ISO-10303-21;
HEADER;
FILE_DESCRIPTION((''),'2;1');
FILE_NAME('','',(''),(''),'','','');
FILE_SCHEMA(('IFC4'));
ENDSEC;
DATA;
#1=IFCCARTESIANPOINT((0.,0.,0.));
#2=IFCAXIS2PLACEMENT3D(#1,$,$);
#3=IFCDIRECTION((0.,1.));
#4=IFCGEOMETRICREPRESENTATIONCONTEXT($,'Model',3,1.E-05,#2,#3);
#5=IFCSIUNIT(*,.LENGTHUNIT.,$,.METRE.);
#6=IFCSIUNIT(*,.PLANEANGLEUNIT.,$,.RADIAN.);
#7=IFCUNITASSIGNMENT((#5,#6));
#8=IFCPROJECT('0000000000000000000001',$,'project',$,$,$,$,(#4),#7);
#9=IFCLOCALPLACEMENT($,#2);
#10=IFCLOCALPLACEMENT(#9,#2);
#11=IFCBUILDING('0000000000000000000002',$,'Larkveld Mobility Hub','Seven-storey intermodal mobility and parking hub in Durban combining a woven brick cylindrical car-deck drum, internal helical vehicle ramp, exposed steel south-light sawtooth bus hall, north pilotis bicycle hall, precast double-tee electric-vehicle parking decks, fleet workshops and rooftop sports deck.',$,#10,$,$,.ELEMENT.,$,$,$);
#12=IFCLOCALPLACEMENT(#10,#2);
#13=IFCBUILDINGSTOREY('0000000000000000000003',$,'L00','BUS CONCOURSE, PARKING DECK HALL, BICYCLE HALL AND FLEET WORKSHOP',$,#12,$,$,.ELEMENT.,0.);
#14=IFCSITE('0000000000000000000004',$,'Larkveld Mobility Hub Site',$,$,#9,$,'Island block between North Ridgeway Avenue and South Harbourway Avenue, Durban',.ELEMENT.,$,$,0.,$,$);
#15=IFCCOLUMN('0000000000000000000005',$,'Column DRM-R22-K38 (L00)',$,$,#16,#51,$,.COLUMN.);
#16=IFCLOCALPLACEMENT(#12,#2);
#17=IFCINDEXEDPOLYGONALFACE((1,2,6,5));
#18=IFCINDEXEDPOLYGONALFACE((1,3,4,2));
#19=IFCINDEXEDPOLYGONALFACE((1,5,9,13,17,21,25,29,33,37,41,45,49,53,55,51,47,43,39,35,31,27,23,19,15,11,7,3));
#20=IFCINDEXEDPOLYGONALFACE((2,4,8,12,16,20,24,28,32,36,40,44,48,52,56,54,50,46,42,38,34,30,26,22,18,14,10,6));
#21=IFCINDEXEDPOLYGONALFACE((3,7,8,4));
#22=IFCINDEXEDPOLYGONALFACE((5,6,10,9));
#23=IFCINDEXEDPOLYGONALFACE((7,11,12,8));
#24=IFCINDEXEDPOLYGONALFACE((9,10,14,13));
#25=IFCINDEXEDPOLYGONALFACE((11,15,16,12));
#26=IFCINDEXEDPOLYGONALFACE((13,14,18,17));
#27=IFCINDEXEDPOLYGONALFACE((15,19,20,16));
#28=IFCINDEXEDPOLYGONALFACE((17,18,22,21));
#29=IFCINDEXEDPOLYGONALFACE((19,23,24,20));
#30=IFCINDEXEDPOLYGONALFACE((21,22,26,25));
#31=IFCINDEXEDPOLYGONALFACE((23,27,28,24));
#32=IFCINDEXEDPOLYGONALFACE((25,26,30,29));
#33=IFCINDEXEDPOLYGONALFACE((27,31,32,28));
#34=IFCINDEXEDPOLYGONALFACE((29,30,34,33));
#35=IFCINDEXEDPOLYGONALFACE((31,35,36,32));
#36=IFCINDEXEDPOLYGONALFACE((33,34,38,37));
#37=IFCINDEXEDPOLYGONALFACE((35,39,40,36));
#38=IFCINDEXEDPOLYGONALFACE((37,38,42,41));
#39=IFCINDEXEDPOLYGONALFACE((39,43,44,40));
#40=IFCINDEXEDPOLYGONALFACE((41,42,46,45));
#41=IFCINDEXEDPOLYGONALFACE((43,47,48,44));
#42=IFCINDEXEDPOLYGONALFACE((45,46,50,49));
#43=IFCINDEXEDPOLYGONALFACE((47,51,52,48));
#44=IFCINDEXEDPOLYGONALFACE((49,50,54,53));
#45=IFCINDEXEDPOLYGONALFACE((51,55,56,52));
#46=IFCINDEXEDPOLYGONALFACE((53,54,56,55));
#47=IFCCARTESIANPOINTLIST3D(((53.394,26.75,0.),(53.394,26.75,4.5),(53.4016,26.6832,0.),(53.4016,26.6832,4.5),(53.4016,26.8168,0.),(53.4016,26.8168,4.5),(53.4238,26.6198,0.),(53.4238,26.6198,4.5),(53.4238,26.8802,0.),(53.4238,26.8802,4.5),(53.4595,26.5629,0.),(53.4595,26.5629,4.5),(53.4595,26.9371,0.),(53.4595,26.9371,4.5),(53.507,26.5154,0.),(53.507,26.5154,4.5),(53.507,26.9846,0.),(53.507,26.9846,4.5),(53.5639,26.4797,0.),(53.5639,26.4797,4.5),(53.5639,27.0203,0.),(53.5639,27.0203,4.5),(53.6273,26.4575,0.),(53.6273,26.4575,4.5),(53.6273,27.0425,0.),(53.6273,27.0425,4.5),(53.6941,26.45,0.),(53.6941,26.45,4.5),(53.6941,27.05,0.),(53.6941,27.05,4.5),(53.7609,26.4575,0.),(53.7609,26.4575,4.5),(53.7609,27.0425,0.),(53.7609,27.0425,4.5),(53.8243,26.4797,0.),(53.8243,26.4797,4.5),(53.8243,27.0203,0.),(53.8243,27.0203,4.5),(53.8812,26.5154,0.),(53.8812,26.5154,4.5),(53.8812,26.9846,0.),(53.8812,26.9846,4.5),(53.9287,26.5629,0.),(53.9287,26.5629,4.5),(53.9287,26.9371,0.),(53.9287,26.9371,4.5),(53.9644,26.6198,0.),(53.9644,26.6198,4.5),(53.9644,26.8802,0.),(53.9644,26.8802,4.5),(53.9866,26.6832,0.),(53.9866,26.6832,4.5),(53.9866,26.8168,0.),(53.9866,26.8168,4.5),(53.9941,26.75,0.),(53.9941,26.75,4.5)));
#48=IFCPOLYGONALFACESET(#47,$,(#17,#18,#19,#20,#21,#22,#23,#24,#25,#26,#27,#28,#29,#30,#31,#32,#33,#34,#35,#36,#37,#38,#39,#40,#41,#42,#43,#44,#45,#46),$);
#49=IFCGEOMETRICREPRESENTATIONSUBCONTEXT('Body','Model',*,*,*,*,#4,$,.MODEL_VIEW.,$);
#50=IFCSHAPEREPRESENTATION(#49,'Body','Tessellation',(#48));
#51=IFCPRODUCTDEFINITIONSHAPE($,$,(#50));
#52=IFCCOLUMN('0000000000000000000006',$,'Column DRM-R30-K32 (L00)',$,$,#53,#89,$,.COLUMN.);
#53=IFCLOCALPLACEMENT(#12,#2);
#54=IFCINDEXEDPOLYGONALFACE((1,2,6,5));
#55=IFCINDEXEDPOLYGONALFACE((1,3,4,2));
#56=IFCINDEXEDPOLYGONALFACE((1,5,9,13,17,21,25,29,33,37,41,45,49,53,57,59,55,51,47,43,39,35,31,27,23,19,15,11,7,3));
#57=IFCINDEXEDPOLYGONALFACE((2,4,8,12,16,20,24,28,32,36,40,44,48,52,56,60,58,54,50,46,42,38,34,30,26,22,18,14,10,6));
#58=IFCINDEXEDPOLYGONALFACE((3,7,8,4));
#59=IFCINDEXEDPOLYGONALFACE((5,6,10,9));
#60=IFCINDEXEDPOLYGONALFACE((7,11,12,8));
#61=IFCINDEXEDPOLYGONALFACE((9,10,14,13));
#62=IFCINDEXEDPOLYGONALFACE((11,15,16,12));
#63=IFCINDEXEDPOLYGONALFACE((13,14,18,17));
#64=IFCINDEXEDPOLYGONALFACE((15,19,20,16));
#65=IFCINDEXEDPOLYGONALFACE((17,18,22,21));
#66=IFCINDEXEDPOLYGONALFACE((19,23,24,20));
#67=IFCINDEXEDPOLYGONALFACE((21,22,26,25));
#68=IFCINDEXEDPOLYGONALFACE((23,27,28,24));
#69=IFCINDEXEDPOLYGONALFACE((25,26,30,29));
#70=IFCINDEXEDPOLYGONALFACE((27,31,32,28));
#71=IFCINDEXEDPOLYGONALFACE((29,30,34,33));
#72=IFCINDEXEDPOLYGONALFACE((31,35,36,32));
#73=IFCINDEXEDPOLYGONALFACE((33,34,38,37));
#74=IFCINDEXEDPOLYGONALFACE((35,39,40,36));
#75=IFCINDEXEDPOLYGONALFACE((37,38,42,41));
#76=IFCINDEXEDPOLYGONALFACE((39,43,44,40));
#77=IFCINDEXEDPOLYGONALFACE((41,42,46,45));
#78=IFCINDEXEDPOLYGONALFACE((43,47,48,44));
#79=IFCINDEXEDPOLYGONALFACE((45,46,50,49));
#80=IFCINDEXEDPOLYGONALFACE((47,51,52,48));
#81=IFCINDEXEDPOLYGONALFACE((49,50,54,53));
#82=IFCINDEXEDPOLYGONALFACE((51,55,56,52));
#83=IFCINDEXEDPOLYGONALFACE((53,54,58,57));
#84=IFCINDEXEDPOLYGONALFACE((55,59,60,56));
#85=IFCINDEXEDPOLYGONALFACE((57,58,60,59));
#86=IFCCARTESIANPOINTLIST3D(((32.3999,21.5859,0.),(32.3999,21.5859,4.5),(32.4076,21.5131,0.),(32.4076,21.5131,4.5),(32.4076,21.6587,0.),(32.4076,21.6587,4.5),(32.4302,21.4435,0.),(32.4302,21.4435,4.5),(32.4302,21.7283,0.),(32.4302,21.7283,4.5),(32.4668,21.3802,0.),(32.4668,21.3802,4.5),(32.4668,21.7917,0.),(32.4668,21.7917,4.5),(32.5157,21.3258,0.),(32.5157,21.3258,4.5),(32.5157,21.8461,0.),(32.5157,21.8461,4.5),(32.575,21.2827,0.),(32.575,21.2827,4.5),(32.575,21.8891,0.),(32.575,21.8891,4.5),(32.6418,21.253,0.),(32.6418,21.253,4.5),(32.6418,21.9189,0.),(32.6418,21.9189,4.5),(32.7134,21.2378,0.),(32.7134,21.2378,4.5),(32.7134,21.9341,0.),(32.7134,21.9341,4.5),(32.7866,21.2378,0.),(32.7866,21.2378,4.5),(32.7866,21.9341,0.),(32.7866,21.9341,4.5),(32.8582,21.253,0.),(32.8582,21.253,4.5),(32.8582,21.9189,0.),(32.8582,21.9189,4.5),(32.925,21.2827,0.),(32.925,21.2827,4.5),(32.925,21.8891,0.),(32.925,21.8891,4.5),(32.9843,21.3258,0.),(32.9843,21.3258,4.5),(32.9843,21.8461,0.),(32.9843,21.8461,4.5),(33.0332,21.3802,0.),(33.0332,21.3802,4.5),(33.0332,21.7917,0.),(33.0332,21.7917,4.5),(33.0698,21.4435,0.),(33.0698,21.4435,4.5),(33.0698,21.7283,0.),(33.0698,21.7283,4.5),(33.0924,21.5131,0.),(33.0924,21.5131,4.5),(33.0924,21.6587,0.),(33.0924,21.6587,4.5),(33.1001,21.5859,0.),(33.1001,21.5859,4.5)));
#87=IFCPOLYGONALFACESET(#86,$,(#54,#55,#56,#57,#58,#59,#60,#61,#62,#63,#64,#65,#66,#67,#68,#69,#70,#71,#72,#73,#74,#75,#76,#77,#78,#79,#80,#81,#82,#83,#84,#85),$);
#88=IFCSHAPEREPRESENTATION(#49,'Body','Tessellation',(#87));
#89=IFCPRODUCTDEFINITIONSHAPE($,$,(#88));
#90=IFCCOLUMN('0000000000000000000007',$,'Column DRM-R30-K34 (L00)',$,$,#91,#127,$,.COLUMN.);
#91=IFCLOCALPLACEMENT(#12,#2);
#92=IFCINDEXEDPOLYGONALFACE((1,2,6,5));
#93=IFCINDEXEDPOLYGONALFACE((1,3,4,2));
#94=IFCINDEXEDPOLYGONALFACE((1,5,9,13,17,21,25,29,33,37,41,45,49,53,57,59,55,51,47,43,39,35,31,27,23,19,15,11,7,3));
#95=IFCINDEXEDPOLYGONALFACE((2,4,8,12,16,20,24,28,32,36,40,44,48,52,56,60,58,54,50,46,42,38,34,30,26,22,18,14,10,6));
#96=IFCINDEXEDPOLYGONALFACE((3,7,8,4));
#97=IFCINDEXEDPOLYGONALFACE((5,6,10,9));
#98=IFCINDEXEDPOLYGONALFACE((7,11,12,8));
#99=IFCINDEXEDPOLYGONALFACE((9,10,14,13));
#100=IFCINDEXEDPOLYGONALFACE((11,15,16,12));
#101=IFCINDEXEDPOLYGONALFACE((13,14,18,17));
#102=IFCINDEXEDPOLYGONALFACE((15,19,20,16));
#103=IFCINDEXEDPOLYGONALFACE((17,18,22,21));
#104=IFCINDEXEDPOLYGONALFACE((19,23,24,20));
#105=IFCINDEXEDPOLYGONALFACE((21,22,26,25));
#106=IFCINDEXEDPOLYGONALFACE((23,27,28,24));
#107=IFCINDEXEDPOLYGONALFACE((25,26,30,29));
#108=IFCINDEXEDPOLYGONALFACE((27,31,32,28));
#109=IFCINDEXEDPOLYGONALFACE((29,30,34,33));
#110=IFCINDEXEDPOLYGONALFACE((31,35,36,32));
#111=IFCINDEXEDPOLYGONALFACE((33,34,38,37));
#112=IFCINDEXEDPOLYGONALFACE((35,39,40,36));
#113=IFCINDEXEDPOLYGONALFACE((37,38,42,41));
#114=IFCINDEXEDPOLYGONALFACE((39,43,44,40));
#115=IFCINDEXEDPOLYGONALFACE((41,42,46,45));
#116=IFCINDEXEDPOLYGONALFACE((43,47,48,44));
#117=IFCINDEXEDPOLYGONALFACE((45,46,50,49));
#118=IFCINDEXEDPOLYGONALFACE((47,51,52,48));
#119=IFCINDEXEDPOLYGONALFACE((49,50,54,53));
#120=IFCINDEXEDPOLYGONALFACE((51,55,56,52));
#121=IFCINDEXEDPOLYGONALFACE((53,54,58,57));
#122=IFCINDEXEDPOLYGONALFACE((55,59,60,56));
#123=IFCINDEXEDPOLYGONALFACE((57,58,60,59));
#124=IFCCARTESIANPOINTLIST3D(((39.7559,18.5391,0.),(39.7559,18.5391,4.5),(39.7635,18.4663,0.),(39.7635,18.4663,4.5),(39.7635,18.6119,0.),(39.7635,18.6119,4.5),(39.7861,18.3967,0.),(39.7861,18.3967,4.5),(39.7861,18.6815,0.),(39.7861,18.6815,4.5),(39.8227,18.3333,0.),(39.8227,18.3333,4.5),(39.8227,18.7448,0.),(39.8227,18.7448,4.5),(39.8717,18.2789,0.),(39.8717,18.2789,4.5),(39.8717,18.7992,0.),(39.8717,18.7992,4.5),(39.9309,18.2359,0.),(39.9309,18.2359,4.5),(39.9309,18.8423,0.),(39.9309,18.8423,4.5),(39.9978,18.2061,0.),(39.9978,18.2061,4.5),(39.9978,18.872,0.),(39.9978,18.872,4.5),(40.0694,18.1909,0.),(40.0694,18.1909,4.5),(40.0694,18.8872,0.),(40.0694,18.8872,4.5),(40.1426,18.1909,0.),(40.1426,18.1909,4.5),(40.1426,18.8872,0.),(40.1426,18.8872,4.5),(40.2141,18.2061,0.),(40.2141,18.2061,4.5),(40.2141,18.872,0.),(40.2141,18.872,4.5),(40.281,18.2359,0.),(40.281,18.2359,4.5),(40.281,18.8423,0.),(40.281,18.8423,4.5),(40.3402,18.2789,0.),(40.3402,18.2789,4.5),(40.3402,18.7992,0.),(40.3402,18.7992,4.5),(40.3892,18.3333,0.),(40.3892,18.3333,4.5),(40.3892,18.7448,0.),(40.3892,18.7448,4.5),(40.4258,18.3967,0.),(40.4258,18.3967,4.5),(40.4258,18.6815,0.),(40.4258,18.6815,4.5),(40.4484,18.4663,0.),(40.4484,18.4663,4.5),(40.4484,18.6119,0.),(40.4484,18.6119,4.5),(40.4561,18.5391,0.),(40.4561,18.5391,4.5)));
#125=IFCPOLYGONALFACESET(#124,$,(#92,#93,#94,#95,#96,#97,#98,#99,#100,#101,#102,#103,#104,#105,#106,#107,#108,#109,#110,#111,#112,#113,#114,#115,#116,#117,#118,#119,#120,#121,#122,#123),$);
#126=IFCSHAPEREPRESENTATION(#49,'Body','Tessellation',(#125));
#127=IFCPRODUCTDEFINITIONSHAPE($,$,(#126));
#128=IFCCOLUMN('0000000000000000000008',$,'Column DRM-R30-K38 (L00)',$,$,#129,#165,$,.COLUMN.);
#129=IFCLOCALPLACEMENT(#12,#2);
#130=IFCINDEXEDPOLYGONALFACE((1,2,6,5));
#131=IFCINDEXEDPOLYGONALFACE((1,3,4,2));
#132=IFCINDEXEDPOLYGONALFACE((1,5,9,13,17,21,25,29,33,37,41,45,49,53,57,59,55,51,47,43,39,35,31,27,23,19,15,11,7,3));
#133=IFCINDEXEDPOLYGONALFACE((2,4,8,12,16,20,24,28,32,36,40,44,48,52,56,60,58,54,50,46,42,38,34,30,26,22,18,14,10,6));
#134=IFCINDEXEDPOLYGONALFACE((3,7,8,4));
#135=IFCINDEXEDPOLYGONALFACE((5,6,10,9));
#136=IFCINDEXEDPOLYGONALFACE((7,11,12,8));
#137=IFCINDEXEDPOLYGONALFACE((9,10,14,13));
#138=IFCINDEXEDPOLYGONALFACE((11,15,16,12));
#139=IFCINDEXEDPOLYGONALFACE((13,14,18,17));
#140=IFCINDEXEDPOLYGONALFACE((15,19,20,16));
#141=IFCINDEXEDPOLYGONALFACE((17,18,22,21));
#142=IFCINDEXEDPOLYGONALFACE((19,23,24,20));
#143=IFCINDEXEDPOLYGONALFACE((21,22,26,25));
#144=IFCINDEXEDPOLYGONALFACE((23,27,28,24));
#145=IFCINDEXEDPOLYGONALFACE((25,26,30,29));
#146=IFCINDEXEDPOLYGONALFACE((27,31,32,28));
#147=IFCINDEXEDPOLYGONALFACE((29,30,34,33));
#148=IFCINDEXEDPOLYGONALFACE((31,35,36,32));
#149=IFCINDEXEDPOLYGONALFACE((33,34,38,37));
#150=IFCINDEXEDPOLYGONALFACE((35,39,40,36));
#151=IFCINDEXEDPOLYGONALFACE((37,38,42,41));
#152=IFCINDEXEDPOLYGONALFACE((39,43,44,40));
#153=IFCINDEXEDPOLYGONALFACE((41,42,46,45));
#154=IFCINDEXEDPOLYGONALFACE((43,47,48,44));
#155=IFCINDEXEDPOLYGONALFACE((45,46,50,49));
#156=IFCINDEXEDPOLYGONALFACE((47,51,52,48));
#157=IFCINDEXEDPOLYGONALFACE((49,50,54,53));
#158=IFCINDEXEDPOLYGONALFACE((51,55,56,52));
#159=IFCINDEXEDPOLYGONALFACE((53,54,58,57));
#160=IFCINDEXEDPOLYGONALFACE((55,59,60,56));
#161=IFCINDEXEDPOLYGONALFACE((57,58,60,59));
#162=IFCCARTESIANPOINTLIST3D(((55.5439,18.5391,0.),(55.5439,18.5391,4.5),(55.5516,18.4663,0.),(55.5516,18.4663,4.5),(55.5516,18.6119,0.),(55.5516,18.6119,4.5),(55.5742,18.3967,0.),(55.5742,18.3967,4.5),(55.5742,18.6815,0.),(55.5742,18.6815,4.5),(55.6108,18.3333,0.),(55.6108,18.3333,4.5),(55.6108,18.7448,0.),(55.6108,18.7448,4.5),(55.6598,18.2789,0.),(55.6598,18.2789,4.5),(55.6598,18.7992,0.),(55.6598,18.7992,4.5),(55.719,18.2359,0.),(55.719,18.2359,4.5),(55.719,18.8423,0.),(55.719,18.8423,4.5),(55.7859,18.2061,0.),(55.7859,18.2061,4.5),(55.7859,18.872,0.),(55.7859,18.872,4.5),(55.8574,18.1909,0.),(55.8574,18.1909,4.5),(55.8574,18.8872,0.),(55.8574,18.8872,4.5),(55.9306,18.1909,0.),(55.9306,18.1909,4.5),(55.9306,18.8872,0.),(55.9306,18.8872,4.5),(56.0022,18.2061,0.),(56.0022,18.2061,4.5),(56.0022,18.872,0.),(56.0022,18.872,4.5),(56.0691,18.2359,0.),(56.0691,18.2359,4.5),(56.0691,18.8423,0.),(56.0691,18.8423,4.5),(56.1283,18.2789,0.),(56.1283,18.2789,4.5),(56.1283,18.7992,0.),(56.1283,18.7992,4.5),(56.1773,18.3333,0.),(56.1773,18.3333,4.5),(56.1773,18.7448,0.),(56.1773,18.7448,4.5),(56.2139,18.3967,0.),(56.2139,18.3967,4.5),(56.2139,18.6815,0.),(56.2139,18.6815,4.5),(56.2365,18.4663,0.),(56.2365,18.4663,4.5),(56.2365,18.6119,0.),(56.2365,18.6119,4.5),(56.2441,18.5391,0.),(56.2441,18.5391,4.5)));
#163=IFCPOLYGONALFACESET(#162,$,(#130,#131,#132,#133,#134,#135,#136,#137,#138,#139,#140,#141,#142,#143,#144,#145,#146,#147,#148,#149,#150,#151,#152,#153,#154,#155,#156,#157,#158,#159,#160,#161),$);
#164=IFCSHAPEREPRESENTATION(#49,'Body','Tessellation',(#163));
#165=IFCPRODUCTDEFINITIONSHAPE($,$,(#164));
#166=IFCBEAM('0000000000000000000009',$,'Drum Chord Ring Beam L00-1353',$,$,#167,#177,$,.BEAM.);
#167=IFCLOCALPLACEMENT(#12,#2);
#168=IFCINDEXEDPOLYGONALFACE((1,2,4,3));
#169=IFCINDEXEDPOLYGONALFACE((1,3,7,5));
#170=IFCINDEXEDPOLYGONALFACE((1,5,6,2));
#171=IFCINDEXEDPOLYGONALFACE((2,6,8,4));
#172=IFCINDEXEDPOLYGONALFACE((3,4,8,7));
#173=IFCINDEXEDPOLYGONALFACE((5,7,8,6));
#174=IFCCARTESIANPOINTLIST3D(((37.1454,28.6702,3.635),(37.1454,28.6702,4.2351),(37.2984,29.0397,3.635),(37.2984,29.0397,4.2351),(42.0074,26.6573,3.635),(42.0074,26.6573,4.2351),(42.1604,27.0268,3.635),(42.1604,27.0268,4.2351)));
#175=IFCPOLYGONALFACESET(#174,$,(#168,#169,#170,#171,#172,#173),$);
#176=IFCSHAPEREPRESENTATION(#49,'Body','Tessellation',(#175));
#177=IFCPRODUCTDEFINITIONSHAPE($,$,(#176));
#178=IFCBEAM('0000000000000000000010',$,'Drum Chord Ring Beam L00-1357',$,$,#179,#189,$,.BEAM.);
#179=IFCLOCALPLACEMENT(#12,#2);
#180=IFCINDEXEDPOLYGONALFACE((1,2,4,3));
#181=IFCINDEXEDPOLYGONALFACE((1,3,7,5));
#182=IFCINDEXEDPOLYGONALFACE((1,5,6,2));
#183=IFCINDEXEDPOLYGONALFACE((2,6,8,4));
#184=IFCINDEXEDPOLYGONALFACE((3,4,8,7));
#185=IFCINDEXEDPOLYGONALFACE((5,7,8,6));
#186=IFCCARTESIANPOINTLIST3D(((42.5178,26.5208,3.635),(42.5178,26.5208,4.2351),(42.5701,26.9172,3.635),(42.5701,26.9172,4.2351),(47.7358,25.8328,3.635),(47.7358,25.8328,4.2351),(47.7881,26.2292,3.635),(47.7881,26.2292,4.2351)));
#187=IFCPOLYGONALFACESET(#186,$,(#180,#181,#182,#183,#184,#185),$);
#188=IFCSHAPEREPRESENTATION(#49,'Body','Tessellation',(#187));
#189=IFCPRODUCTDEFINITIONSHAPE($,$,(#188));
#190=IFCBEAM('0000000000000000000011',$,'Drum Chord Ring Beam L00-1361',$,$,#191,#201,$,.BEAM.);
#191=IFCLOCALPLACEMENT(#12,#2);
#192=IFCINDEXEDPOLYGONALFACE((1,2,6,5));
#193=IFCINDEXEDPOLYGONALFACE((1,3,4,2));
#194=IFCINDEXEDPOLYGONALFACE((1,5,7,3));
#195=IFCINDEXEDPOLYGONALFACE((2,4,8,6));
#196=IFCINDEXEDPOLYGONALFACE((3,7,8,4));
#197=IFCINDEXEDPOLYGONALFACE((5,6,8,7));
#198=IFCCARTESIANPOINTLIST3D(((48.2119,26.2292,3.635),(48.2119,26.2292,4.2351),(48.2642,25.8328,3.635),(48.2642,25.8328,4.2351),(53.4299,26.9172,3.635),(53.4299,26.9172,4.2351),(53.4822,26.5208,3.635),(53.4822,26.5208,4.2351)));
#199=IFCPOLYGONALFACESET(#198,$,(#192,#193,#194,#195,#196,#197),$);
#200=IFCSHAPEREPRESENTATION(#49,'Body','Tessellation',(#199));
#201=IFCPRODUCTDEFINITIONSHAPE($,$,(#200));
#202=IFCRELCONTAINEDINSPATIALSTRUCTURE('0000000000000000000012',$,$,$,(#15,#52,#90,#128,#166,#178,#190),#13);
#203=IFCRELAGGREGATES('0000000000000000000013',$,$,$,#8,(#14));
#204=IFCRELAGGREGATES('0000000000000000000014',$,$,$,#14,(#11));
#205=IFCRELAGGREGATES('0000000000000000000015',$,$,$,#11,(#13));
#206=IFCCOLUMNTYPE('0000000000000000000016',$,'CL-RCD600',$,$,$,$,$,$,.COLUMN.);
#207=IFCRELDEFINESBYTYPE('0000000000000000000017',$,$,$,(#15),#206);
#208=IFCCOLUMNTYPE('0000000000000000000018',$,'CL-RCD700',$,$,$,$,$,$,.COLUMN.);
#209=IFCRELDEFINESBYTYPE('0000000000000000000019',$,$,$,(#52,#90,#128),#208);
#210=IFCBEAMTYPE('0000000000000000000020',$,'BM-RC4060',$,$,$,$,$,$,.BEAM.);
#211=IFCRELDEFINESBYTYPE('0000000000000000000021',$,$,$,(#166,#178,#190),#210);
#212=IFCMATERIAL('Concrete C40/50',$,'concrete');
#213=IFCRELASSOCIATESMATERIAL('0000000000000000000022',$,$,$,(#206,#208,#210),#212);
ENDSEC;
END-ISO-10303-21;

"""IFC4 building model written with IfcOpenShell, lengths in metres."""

from ifc_helpers import new_model, si_unit, direction, frame, origin, origin_2d, place, context, subcontext, project, spatial, rectangle, circle, extrude, material, material_profile, profile_set, type_object, element, save


model = new_model("IFC4")

# Units and contexts
model_context = context("Model", 3, precision=1e-05, world=origin(), true_north=direction((0.0, 1.0)))
body_context = subcontext(model_context, "Body", "Model", "MODEL_VIEW")
ifc_project = project(units=[si_unit("LENGTHUNIT", "METRE"), si_unit("PLANEANGLEUNIT", "RADIAN")], contexts=[model_context])

# Site, building, storey
site_placement = place(None, origin())
site = spatial("IfcSite", under=ifc_project, at=site_placement, Name="Larkveld Mobility Hub Site", LongName="Island block between North Ridgeway Avenue and South Harbourway Avenue, Durban", CompositionType="ELEMENT", RefElevation=0.0)
building_placement = place(site_placement, origin())
building = spatial("IfcBuilding", under=site, at=building_placement, Name="Larkveld Mobility Hub", Description="Seven-storey intermodal mobility and parking hub in Durban combining a woven brick cylindrical car-deck drum, internal helical vehicle ramp, exposed steel south-light sawtooth bus hall, north pilotis bicycle hall, precast double-tee electric-vehicle parking decks, fleet workshops and rooftop sports deck.", CompositionType="ELEMENT")
storey_placement = place(building_placement, origin())
storey = spatial("IfcBuildingStorey", under=building, at=storey_placement, Name="L00", Description="BUS CONCOURSE, PARKING DECK HALL, BICYCLE HALL AND FLEET WORKSHOP", CompositionType="ELEMENT", Elevation=0.0)

# Columns
ifc_material_1 = material(Name="Concrete C40/50", Category="concrete")
ifc_material_profile_1 = material_profile(ifc_material_1, circle(Radius=0.3, at=origin_2d()), Name="RC COL D600")
ifc_profile_set_1 = profile_set([ifc_material_profile_1], Name="Concrete C40/50")
column_type_1 = type_object("IfcColumnType", Name="CL-RCD600", PredefinedType="COLUMN", material=ifc_profile_set_1)
for number, where, z_axis, x_axis, name in (
    (1, (53.6941, 26.75, 0.0), (0.0, 0.0, 1.0), (1.0, 0.0, 0.0), "Column DRM-R22-K38 (L00)"),
):
    element("IfcColumn", number, at=place(storey_placement, frame(where, z_axis=z_axis, x_axis=x_axis)), inside=storey, type_object=column_type_1, Name=name, PredefinedType="COLUMN", context=body_context, shape_type="SweptSolid", body=[
        extrude(circle(Radius=0.3, at=origin_2d()), origin(), (0.0, 0.0, 1.0), 4.5),
    ])
ifc_material_profile_2 = material_profile(ifc_material_1, circle(Radius=0.3501, at=origin_2d()), Name="RC COL D700")
ifc_profile_set_2 = profile_set([ifc_material_profile_2], Name="Concrete C40/50")
column_type_2 = type_object("IfcColumnType", Name="CL-RCD700", PredefinedType="COLUMN", material=ifc_profile_set_2)
for number, where, z_axis, x_axis, name in (
    (2, (32.75, 21.5859, 0.0), (0.0, 0.0, 1.0), (1.0, 0.0, 0.0), "Column DRM-R30-K32 (L00)"),
    (3, (40.106, 18.5391, 0.0), (0.0, 0.0, 1.0), (1.0, 0.0, 0.0), "Column DRM-R30-K34 (L00)"),
    (4, (55.894, 18.5391, 0.0), (0.0, 0.0, 1.0), (1.0, 0.0, 0.0), "Column DRM-R30-K38 (L00)"),
):
    element("IfcColumn", number, at=place(storey_placement, frame(where, z_axis=z_axis, x_axis=x_axis)), inside=storey, type_object=column_type_2, Name=name, PredefinedType="COLUMN", context=body_context, shape_type="SweptSolid", body=[
        extrude(circle(Radius=0.3501, at=origin_2d()), origin(), (0.0, 0.0, 1.0), 4.5),
    ])

# Beams
ifc_material_profile_3 = material_profile(ifc_material_1, rectangle(XDim=0.3999, YDim=0.6001, at=origin_2d()), Name="RC BM 400x600")
ifc_profile_set_3 = profile_set([ifc_material_profile_3], Name="Concrete C40/50")
beam_type_1 = type_object("IfcBeamType", Name="BM-RC4060", PredefinedType="BEAM", material=ifc_profile_set_3)
beam_1_placement = place(storey_placement, frame((37.2219, 28.855, 3.9351), z_axis=(0.923946, -0.382523, 0.0), x_axis=(0.382523, 0.923946, 0.0)))
element("IfcBeam", 5, at=beam_1_placement, inside=storey, type_object=beam_type_1, Name="Drum Chord Ring Beam L00-1353", PredefinedType="BEAM", context=body_context, shape_type="SweptSolid", body=[
    extrude(rectangle(XDim=0.3999, YDim=0.6001, at=origin_2d()), origin(), (0.0, 0.0, 1.0), 5.2622),
])
for number, where, z_axis, x_axis, name in (
    (6, (42.5439, 26.719, 3.9351), (0.99142, -0.130717, 0.0), (0.130717, 0.99142, 0.0), "Drum Chord Ring Beam L00-1357"),
    (7, (48.238, 26.031, 3.9351), (0.99142, 0.130717, 0.0), (-0.130717, 0.99142, 0.0), "Drum Chord Ring Beam L00-1361"),
):
    element("IfcBeam", number, at=place(storey_placement, frame(where, z_axis=z_axis, x_axis=x_axis)), inside=storey, type_object=beam_type_1, Name=name, PredefinedType="BEAM", context=body_context, shape_type="SweptSolid", body=[
        extrude(rectangle(XDim=0.3999, YDim=0.6001, at=origin_2d()), origin(), (0.0, 0.0, 1.0), 5.2632),
    ])

save(model, "model.ifc")
